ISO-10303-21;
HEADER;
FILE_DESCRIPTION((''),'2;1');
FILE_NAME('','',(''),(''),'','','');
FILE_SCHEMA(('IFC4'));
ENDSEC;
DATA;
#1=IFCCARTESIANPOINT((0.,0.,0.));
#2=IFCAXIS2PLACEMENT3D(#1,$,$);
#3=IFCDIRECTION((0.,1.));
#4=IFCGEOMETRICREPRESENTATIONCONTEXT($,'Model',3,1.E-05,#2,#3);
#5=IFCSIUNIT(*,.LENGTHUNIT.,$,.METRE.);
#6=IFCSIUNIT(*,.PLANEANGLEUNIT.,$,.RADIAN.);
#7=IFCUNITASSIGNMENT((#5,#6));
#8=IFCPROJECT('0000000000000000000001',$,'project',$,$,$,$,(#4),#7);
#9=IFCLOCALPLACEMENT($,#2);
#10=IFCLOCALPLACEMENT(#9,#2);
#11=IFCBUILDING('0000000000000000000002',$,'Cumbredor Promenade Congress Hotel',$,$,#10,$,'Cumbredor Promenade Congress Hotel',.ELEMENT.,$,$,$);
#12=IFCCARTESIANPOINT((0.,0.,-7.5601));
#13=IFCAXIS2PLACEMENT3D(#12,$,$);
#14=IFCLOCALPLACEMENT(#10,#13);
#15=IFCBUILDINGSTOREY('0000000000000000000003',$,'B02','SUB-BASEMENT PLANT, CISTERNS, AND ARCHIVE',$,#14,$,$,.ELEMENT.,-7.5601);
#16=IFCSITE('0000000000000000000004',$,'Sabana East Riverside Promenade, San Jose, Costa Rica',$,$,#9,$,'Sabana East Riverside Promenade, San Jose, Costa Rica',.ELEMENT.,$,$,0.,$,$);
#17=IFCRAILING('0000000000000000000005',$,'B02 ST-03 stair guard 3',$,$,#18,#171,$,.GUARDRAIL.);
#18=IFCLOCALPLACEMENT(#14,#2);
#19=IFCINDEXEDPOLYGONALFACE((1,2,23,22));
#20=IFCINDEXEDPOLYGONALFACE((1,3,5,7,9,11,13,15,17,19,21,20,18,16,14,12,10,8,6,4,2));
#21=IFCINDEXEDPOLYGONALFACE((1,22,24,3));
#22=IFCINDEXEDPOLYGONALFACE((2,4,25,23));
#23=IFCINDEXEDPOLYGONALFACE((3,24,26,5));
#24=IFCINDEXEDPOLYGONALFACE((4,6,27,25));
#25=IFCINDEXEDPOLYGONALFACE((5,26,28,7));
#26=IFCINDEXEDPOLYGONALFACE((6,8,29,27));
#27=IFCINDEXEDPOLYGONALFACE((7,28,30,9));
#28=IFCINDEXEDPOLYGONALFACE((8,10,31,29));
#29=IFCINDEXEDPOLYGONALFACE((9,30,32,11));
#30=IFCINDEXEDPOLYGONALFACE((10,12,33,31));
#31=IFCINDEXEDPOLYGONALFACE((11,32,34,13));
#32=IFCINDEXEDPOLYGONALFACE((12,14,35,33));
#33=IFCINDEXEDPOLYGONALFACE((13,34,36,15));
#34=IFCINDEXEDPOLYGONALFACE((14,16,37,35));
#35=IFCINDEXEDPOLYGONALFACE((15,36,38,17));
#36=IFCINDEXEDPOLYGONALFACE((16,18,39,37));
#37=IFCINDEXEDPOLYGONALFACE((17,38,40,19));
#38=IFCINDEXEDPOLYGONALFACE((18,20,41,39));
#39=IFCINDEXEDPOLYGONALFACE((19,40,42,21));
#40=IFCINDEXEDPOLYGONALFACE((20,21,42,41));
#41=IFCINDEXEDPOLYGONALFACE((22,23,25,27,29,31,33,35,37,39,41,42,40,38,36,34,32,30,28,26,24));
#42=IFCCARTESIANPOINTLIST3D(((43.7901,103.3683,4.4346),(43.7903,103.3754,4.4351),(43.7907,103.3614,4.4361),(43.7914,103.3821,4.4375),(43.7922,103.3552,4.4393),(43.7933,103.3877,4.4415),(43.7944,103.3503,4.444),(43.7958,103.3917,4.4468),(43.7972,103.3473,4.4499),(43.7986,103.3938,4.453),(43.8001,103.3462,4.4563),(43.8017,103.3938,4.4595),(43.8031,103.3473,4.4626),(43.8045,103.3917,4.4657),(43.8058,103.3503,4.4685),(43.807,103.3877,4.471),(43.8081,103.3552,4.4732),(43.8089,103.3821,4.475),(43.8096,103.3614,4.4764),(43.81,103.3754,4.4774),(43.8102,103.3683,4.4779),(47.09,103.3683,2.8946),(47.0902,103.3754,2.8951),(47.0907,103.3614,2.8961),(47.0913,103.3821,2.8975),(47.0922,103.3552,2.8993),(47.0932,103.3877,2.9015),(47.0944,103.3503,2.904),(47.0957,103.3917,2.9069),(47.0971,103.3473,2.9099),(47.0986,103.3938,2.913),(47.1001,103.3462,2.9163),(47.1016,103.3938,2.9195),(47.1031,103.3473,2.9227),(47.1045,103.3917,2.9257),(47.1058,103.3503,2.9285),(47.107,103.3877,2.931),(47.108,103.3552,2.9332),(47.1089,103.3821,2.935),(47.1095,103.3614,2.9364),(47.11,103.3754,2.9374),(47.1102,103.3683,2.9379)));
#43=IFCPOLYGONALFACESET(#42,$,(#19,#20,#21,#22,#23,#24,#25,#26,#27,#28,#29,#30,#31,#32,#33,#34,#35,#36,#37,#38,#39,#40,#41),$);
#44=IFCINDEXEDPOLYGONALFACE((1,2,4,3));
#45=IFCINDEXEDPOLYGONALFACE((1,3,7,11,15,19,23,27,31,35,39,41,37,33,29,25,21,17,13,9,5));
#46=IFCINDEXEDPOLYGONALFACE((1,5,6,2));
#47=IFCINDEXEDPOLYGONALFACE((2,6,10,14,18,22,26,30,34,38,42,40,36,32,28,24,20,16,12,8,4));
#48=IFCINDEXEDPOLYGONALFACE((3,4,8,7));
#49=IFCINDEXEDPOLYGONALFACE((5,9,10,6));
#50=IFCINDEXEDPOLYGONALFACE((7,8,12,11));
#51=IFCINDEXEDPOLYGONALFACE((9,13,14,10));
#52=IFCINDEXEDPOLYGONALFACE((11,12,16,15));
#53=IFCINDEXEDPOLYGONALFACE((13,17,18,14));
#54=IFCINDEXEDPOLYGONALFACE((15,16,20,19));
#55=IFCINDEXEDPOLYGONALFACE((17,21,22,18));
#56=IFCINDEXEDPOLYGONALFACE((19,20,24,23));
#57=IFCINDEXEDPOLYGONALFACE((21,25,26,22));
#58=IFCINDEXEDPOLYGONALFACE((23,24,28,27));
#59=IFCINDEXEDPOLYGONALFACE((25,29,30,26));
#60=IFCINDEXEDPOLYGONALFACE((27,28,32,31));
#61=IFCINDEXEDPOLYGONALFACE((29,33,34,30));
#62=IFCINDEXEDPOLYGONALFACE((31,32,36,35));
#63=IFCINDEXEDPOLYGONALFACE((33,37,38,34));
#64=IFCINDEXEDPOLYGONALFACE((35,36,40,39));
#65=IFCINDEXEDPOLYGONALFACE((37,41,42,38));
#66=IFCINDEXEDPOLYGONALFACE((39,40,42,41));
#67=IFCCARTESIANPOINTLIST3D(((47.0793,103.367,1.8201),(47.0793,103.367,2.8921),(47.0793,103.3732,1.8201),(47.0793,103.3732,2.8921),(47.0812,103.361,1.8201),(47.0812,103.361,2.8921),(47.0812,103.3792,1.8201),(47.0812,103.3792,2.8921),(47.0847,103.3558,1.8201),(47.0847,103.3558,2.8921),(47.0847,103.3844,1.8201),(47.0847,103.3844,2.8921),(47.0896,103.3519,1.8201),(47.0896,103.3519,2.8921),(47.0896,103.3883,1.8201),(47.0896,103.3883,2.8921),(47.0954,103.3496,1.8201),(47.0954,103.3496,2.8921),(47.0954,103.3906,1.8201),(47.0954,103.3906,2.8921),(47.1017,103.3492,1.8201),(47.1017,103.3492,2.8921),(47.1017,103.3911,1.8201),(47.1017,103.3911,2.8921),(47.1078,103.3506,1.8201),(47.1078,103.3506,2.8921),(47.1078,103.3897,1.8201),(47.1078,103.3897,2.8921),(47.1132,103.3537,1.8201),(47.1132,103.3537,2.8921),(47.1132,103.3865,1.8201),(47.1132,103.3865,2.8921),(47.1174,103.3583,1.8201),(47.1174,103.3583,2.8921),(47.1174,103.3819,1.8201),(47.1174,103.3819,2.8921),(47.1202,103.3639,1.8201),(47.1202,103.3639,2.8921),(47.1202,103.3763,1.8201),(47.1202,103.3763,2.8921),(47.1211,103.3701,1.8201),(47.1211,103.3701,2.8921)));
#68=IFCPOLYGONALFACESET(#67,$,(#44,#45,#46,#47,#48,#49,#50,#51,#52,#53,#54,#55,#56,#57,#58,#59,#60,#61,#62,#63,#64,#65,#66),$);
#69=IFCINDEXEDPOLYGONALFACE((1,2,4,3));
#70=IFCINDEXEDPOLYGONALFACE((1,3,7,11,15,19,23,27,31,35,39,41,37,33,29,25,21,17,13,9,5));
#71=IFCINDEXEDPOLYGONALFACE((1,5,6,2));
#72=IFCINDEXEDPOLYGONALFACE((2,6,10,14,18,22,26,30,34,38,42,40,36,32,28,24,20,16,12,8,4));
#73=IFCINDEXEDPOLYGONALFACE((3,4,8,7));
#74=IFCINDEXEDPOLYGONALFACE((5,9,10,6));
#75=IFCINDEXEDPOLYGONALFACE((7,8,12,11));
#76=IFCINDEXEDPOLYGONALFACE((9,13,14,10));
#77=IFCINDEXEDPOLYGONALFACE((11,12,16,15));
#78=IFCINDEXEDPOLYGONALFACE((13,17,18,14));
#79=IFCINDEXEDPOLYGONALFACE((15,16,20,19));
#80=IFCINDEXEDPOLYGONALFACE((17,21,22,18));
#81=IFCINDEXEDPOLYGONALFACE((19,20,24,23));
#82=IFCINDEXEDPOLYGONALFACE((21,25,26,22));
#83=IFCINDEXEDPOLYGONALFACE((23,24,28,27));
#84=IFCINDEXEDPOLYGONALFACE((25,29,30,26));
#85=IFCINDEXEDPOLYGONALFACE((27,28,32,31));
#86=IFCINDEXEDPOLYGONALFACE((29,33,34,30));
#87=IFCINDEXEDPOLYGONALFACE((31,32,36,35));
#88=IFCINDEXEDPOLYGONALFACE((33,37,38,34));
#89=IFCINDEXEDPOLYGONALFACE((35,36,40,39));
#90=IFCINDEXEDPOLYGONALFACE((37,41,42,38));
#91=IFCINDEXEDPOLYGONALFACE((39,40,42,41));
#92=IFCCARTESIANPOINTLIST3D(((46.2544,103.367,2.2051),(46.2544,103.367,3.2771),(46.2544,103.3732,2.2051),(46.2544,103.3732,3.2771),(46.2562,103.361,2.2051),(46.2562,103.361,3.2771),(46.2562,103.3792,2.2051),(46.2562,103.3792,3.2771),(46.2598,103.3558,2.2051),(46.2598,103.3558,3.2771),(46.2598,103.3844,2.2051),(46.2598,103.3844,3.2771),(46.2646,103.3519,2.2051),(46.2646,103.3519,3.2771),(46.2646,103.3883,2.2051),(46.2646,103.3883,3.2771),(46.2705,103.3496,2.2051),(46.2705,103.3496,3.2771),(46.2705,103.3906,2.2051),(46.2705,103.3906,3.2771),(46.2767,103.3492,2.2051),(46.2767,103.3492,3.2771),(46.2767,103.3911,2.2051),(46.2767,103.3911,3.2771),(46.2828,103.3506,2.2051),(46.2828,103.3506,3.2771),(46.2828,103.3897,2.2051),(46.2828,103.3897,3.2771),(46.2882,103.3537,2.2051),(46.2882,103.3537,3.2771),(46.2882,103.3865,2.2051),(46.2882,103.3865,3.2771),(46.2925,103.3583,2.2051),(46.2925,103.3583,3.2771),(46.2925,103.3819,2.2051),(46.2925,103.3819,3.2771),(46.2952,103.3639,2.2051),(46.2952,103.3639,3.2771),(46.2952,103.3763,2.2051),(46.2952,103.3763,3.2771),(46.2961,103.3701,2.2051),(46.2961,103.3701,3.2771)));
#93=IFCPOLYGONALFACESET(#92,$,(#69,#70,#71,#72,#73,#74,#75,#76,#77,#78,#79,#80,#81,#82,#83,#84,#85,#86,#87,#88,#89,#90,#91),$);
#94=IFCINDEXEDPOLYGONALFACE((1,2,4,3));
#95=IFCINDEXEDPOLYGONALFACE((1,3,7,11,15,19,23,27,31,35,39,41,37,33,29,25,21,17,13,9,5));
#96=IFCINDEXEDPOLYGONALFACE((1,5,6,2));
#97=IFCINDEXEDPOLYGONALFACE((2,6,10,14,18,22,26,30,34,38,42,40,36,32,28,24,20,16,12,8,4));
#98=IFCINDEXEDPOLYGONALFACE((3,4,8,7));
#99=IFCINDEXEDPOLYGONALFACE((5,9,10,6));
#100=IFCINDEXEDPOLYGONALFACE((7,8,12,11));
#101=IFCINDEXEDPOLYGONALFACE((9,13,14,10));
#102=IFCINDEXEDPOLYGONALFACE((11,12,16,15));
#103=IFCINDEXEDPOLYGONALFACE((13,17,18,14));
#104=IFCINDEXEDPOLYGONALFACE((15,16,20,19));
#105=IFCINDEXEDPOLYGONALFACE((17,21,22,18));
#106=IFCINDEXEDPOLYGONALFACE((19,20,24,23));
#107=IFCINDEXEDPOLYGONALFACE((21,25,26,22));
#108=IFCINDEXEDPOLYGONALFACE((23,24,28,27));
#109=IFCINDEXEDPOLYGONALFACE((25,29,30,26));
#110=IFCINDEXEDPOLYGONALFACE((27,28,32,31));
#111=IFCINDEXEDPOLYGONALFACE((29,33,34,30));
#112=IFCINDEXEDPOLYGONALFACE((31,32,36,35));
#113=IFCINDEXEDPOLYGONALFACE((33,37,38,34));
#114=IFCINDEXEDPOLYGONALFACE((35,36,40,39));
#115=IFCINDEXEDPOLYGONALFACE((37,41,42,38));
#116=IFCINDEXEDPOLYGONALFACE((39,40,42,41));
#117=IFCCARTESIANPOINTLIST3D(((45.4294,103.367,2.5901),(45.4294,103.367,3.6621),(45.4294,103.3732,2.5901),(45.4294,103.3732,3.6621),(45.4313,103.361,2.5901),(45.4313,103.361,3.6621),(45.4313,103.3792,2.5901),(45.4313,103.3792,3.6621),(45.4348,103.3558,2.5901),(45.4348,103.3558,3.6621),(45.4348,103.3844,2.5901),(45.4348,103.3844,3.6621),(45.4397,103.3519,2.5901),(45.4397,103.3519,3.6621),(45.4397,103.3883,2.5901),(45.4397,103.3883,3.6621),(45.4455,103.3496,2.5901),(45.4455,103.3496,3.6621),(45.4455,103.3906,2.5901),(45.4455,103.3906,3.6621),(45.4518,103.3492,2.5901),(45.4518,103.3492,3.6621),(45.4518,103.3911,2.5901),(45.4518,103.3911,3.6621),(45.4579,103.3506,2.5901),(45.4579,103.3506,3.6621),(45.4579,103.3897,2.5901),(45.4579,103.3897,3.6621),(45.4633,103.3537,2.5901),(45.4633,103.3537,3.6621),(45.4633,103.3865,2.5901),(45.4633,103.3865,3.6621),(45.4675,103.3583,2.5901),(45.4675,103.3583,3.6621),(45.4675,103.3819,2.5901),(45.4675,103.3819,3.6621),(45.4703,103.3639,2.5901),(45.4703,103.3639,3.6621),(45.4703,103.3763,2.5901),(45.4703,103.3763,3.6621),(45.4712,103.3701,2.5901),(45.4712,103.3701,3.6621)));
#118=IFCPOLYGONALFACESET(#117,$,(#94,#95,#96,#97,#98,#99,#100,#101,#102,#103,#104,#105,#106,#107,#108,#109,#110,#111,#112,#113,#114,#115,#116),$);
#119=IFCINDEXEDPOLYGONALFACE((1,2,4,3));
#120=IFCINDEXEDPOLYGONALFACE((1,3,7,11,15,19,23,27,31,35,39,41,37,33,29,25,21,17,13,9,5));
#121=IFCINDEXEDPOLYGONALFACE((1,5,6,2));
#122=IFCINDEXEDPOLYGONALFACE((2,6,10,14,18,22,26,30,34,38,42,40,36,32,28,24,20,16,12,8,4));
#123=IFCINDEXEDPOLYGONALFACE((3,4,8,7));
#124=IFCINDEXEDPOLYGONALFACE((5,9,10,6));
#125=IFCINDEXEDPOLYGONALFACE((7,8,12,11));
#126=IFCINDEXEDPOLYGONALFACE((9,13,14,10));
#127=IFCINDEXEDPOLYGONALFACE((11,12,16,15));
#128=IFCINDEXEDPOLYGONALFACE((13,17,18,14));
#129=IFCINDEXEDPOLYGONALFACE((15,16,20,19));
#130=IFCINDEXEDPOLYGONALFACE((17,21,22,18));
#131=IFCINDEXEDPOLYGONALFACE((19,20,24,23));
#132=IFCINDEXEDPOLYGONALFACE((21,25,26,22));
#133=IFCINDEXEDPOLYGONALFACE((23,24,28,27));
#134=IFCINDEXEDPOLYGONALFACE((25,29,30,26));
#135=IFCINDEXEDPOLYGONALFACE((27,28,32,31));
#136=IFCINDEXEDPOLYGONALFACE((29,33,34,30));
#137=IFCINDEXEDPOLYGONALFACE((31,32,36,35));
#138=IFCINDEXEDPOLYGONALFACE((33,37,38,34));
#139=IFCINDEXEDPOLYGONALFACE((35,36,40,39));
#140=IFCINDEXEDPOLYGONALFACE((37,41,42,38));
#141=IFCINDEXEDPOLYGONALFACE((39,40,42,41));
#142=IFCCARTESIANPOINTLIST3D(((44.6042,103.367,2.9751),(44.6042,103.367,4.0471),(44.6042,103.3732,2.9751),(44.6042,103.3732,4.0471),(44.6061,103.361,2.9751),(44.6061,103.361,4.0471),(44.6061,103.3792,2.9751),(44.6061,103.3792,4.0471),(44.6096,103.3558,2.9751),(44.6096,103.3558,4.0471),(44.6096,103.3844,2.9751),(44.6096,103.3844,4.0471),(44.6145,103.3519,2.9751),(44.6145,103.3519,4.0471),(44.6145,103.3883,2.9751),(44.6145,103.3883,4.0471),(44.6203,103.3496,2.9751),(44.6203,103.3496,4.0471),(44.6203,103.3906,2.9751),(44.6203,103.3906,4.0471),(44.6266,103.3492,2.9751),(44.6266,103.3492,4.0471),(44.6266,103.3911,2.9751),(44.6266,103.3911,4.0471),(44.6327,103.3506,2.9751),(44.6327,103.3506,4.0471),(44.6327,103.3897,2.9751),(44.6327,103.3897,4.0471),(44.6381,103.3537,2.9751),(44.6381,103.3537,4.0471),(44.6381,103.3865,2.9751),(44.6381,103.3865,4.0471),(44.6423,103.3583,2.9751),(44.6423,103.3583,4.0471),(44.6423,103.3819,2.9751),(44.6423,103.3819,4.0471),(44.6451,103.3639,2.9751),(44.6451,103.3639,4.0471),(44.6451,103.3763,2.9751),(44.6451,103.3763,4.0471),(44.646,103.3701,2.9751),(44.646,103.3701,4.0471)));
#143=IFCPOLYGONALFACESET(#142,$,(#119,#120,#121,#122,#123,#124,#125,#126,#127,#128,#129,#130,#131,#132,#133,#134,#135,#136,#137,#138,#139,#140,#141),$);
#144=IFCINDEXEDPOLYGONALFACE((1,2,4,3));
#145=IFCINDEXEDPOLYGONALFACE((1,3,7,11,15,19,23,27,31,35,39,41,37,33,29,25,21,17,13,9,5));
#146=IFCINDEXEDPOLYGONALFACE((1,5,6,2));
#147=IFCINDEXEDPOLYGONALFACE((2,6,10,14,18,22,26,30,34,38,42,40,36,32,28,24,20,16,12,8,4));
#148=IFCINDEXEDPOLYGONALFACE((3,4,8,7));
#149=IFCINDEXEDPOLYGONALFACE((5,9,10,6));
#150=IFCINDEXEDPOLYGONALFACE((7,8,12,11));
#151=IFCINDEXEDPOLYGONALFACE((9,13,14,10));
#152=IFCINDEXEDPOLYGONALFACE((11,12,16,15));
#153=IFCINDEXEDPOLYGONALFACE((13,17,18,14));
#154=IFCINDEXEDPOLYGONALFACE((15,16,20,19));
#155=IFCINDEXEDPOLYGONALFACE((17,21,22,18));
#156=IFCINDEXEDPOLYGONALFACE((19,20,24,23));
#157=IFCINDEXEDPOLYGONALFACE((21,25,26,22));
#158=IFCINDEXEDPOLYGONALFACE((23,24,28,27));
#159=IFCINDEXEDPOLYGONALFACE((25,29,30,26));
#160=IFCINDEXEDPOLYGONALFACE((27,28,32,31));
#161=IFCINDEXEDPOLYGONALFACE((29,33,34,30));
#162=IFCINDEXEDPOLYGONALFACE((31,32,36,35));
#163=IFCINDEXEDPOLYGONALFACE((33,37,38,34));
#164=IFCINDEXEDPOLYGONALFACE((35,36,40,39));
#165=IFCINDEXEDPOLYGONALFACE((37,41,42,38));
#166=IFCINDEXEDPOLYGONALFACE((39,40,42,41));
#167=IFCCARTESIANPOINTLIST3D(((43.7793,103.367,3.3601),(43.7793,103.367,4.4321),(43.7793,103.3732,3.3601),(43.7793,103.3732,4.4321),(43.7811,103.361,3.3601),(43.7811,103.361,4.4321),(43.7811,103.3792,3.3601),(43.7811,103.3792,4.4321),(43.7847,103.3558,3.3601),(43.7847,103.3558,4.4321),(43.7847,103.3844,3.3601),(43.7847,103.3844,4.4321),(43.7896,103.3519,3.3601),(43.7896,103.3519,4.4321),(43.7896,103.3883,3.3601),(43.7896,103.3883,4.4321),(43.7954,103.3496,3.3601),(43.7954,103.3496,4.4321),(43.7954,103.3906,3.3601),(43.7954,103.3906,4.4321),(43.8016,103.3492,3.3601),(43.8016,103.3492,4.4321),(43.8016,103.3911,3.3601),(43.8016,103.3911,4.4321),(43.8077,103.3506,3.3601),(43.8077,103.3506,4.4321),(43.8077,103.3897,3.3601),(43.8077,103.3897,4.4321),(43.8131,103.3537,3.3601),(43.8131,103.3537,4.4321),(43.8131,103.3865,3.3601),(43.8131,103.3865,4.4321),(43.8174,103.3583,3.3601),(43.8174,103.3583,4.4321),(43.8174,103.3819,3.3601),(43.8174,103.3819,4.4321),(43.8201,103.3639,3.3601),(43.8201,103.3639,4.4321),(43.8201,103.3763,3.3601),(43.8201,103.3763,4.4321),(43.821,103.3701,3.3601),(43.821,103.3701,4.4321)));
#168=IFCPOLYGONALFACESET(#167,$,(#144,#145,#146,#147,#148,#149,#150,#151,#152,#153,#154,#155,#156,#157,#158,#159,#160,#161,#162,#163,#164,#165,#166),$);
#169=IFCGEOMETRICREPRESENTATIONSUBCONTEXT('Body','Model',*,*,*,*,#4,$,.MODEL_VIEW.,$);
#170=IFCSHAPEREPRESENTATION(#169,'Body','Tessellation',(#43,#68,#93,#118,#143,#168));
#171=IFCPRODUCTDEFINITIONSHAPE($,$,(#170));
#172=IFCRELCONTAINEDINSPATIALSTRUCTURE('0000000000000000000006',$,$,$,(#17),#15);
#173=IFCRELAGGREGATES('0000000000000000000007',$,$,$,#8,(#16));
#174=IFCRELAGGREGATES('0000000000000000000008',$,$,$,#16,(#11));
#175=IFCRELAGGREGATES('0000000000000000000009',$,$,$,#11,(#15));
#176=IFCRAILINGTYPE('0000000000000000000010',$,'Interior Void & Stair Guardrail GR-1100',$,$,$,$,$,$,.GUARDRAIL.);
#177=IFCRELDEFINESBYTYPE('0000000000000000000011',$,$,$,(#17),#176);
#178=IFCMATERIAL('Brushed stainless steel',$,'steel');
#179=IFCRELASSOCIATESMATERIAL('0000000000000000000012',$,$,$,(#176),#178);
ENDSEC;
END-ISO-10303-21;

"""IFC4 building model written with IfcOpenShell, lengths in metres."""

from ifc_helpers import new_model, si_unit, direction, frame, origin, origin_2d, place, context, subcontext, project, spatial, circle, extrude, material, type_object, element, save


model = new_model("IFC4")

# Units and contexts
model_context = context("Model", 3, precision=1e-05, world=origin(), true_north=direction((0.0, 1.0)))
body_context = subcontext(model_context, "Body", "Model", "MODEL_VIEW")
ifc_project = project(units=[si_unit("LENGTHUNIT", "METRE"), si_unit("PLANEANGLEUNIT", "RADIAN")], contexts=[model_context])

# Site, building, storey
site_placement = place(None, origin())
site = spatial("IfcSite", under=ifc_project, at=site_placement, Name="Sabana East Riverside Promenade, San Jose, Costa Rica", LongName="Sabana East Riverside Promenade, San Jose, Costa Rica", CompositionType="ELEMENT", RefElevation=0.0)
building_placement = place(site_placement, origin())
building = spatial("IfcBuilding", under=site, at=building_placement, Name="Cumbredor Promenade Congress Hotel", LongName="Cumbredor Promenade Congress Hotel", CompositionType="ELEMENT")
storey_placement = place(building_placement, frame((0.0, 0.0, -7.5601)))
storey = spatial("IfcBuildingStorey", under=building, at=storey_placement, Name="B02", Description="SUB-BASEMENT PLANT, CISTERNS, AND ARCHIVE", CompositionType="ELEMENT", Elevation=-7.5601)

# Railing
ifc_material_1 = material(Name="Brushed stainless steel", Category="steel")
railing_type_1 = type_object("IfcRailingType", Name="Interior Void & Stair Guardrail GR-1100", PredefinedType="GUARDRAIL", material=ifc_material_1)
railing_1_placement = place(storey_placement, frame((47.1001, 103.3701, 1.8201)))
element("IfcRailing", 1, at=railing_1_placement, inside=storey, type_object=railing_type_1, Name="B02 ST-03 stair guard 3", PredefinedType="GUARDRAIL", context=body_context, shape_type="SweptSolid", body=[
    extrude(circle(Radius=0.0239, at=origin_2d()), frame((0.0, 0.0, 1.0962), z_axis=(-0.906181, 0.0, 0.422889), x_axis=(0.0, -1.0, 0.0)), (0.0, 0.0, 1.0), 3.6416),
    extrude(circle(Radius=0.021, at=origin_2d()), origin(), (0.0, 0.0, 1.0), 1.072),
    extrude(circle(Radius=0.021, at=origin_2d()), frame((-0.825, 0.0, 0.385)), (0.0, 0.0, 1.0), 1.072),
    extrude(circle(Radius=0.021, at=origin_2d()), frame((-1.6499, 0.0, 0.77)), (0.0, 0.0, 1.0), 1.072),
    extrude(circle(Radius=0.021, at=origin_2d()), frame((-2.4751, 0.0, 1.155)), (0.0, 0.0, 1.0), 1.072),
    extrude(circle(Radius=0.021, at=origin_2d()), frame((-3.3, 0.0, 1.54)), (0.0, 0.0, 1.0), 1.072),
])

save(model, "model.ifc")
